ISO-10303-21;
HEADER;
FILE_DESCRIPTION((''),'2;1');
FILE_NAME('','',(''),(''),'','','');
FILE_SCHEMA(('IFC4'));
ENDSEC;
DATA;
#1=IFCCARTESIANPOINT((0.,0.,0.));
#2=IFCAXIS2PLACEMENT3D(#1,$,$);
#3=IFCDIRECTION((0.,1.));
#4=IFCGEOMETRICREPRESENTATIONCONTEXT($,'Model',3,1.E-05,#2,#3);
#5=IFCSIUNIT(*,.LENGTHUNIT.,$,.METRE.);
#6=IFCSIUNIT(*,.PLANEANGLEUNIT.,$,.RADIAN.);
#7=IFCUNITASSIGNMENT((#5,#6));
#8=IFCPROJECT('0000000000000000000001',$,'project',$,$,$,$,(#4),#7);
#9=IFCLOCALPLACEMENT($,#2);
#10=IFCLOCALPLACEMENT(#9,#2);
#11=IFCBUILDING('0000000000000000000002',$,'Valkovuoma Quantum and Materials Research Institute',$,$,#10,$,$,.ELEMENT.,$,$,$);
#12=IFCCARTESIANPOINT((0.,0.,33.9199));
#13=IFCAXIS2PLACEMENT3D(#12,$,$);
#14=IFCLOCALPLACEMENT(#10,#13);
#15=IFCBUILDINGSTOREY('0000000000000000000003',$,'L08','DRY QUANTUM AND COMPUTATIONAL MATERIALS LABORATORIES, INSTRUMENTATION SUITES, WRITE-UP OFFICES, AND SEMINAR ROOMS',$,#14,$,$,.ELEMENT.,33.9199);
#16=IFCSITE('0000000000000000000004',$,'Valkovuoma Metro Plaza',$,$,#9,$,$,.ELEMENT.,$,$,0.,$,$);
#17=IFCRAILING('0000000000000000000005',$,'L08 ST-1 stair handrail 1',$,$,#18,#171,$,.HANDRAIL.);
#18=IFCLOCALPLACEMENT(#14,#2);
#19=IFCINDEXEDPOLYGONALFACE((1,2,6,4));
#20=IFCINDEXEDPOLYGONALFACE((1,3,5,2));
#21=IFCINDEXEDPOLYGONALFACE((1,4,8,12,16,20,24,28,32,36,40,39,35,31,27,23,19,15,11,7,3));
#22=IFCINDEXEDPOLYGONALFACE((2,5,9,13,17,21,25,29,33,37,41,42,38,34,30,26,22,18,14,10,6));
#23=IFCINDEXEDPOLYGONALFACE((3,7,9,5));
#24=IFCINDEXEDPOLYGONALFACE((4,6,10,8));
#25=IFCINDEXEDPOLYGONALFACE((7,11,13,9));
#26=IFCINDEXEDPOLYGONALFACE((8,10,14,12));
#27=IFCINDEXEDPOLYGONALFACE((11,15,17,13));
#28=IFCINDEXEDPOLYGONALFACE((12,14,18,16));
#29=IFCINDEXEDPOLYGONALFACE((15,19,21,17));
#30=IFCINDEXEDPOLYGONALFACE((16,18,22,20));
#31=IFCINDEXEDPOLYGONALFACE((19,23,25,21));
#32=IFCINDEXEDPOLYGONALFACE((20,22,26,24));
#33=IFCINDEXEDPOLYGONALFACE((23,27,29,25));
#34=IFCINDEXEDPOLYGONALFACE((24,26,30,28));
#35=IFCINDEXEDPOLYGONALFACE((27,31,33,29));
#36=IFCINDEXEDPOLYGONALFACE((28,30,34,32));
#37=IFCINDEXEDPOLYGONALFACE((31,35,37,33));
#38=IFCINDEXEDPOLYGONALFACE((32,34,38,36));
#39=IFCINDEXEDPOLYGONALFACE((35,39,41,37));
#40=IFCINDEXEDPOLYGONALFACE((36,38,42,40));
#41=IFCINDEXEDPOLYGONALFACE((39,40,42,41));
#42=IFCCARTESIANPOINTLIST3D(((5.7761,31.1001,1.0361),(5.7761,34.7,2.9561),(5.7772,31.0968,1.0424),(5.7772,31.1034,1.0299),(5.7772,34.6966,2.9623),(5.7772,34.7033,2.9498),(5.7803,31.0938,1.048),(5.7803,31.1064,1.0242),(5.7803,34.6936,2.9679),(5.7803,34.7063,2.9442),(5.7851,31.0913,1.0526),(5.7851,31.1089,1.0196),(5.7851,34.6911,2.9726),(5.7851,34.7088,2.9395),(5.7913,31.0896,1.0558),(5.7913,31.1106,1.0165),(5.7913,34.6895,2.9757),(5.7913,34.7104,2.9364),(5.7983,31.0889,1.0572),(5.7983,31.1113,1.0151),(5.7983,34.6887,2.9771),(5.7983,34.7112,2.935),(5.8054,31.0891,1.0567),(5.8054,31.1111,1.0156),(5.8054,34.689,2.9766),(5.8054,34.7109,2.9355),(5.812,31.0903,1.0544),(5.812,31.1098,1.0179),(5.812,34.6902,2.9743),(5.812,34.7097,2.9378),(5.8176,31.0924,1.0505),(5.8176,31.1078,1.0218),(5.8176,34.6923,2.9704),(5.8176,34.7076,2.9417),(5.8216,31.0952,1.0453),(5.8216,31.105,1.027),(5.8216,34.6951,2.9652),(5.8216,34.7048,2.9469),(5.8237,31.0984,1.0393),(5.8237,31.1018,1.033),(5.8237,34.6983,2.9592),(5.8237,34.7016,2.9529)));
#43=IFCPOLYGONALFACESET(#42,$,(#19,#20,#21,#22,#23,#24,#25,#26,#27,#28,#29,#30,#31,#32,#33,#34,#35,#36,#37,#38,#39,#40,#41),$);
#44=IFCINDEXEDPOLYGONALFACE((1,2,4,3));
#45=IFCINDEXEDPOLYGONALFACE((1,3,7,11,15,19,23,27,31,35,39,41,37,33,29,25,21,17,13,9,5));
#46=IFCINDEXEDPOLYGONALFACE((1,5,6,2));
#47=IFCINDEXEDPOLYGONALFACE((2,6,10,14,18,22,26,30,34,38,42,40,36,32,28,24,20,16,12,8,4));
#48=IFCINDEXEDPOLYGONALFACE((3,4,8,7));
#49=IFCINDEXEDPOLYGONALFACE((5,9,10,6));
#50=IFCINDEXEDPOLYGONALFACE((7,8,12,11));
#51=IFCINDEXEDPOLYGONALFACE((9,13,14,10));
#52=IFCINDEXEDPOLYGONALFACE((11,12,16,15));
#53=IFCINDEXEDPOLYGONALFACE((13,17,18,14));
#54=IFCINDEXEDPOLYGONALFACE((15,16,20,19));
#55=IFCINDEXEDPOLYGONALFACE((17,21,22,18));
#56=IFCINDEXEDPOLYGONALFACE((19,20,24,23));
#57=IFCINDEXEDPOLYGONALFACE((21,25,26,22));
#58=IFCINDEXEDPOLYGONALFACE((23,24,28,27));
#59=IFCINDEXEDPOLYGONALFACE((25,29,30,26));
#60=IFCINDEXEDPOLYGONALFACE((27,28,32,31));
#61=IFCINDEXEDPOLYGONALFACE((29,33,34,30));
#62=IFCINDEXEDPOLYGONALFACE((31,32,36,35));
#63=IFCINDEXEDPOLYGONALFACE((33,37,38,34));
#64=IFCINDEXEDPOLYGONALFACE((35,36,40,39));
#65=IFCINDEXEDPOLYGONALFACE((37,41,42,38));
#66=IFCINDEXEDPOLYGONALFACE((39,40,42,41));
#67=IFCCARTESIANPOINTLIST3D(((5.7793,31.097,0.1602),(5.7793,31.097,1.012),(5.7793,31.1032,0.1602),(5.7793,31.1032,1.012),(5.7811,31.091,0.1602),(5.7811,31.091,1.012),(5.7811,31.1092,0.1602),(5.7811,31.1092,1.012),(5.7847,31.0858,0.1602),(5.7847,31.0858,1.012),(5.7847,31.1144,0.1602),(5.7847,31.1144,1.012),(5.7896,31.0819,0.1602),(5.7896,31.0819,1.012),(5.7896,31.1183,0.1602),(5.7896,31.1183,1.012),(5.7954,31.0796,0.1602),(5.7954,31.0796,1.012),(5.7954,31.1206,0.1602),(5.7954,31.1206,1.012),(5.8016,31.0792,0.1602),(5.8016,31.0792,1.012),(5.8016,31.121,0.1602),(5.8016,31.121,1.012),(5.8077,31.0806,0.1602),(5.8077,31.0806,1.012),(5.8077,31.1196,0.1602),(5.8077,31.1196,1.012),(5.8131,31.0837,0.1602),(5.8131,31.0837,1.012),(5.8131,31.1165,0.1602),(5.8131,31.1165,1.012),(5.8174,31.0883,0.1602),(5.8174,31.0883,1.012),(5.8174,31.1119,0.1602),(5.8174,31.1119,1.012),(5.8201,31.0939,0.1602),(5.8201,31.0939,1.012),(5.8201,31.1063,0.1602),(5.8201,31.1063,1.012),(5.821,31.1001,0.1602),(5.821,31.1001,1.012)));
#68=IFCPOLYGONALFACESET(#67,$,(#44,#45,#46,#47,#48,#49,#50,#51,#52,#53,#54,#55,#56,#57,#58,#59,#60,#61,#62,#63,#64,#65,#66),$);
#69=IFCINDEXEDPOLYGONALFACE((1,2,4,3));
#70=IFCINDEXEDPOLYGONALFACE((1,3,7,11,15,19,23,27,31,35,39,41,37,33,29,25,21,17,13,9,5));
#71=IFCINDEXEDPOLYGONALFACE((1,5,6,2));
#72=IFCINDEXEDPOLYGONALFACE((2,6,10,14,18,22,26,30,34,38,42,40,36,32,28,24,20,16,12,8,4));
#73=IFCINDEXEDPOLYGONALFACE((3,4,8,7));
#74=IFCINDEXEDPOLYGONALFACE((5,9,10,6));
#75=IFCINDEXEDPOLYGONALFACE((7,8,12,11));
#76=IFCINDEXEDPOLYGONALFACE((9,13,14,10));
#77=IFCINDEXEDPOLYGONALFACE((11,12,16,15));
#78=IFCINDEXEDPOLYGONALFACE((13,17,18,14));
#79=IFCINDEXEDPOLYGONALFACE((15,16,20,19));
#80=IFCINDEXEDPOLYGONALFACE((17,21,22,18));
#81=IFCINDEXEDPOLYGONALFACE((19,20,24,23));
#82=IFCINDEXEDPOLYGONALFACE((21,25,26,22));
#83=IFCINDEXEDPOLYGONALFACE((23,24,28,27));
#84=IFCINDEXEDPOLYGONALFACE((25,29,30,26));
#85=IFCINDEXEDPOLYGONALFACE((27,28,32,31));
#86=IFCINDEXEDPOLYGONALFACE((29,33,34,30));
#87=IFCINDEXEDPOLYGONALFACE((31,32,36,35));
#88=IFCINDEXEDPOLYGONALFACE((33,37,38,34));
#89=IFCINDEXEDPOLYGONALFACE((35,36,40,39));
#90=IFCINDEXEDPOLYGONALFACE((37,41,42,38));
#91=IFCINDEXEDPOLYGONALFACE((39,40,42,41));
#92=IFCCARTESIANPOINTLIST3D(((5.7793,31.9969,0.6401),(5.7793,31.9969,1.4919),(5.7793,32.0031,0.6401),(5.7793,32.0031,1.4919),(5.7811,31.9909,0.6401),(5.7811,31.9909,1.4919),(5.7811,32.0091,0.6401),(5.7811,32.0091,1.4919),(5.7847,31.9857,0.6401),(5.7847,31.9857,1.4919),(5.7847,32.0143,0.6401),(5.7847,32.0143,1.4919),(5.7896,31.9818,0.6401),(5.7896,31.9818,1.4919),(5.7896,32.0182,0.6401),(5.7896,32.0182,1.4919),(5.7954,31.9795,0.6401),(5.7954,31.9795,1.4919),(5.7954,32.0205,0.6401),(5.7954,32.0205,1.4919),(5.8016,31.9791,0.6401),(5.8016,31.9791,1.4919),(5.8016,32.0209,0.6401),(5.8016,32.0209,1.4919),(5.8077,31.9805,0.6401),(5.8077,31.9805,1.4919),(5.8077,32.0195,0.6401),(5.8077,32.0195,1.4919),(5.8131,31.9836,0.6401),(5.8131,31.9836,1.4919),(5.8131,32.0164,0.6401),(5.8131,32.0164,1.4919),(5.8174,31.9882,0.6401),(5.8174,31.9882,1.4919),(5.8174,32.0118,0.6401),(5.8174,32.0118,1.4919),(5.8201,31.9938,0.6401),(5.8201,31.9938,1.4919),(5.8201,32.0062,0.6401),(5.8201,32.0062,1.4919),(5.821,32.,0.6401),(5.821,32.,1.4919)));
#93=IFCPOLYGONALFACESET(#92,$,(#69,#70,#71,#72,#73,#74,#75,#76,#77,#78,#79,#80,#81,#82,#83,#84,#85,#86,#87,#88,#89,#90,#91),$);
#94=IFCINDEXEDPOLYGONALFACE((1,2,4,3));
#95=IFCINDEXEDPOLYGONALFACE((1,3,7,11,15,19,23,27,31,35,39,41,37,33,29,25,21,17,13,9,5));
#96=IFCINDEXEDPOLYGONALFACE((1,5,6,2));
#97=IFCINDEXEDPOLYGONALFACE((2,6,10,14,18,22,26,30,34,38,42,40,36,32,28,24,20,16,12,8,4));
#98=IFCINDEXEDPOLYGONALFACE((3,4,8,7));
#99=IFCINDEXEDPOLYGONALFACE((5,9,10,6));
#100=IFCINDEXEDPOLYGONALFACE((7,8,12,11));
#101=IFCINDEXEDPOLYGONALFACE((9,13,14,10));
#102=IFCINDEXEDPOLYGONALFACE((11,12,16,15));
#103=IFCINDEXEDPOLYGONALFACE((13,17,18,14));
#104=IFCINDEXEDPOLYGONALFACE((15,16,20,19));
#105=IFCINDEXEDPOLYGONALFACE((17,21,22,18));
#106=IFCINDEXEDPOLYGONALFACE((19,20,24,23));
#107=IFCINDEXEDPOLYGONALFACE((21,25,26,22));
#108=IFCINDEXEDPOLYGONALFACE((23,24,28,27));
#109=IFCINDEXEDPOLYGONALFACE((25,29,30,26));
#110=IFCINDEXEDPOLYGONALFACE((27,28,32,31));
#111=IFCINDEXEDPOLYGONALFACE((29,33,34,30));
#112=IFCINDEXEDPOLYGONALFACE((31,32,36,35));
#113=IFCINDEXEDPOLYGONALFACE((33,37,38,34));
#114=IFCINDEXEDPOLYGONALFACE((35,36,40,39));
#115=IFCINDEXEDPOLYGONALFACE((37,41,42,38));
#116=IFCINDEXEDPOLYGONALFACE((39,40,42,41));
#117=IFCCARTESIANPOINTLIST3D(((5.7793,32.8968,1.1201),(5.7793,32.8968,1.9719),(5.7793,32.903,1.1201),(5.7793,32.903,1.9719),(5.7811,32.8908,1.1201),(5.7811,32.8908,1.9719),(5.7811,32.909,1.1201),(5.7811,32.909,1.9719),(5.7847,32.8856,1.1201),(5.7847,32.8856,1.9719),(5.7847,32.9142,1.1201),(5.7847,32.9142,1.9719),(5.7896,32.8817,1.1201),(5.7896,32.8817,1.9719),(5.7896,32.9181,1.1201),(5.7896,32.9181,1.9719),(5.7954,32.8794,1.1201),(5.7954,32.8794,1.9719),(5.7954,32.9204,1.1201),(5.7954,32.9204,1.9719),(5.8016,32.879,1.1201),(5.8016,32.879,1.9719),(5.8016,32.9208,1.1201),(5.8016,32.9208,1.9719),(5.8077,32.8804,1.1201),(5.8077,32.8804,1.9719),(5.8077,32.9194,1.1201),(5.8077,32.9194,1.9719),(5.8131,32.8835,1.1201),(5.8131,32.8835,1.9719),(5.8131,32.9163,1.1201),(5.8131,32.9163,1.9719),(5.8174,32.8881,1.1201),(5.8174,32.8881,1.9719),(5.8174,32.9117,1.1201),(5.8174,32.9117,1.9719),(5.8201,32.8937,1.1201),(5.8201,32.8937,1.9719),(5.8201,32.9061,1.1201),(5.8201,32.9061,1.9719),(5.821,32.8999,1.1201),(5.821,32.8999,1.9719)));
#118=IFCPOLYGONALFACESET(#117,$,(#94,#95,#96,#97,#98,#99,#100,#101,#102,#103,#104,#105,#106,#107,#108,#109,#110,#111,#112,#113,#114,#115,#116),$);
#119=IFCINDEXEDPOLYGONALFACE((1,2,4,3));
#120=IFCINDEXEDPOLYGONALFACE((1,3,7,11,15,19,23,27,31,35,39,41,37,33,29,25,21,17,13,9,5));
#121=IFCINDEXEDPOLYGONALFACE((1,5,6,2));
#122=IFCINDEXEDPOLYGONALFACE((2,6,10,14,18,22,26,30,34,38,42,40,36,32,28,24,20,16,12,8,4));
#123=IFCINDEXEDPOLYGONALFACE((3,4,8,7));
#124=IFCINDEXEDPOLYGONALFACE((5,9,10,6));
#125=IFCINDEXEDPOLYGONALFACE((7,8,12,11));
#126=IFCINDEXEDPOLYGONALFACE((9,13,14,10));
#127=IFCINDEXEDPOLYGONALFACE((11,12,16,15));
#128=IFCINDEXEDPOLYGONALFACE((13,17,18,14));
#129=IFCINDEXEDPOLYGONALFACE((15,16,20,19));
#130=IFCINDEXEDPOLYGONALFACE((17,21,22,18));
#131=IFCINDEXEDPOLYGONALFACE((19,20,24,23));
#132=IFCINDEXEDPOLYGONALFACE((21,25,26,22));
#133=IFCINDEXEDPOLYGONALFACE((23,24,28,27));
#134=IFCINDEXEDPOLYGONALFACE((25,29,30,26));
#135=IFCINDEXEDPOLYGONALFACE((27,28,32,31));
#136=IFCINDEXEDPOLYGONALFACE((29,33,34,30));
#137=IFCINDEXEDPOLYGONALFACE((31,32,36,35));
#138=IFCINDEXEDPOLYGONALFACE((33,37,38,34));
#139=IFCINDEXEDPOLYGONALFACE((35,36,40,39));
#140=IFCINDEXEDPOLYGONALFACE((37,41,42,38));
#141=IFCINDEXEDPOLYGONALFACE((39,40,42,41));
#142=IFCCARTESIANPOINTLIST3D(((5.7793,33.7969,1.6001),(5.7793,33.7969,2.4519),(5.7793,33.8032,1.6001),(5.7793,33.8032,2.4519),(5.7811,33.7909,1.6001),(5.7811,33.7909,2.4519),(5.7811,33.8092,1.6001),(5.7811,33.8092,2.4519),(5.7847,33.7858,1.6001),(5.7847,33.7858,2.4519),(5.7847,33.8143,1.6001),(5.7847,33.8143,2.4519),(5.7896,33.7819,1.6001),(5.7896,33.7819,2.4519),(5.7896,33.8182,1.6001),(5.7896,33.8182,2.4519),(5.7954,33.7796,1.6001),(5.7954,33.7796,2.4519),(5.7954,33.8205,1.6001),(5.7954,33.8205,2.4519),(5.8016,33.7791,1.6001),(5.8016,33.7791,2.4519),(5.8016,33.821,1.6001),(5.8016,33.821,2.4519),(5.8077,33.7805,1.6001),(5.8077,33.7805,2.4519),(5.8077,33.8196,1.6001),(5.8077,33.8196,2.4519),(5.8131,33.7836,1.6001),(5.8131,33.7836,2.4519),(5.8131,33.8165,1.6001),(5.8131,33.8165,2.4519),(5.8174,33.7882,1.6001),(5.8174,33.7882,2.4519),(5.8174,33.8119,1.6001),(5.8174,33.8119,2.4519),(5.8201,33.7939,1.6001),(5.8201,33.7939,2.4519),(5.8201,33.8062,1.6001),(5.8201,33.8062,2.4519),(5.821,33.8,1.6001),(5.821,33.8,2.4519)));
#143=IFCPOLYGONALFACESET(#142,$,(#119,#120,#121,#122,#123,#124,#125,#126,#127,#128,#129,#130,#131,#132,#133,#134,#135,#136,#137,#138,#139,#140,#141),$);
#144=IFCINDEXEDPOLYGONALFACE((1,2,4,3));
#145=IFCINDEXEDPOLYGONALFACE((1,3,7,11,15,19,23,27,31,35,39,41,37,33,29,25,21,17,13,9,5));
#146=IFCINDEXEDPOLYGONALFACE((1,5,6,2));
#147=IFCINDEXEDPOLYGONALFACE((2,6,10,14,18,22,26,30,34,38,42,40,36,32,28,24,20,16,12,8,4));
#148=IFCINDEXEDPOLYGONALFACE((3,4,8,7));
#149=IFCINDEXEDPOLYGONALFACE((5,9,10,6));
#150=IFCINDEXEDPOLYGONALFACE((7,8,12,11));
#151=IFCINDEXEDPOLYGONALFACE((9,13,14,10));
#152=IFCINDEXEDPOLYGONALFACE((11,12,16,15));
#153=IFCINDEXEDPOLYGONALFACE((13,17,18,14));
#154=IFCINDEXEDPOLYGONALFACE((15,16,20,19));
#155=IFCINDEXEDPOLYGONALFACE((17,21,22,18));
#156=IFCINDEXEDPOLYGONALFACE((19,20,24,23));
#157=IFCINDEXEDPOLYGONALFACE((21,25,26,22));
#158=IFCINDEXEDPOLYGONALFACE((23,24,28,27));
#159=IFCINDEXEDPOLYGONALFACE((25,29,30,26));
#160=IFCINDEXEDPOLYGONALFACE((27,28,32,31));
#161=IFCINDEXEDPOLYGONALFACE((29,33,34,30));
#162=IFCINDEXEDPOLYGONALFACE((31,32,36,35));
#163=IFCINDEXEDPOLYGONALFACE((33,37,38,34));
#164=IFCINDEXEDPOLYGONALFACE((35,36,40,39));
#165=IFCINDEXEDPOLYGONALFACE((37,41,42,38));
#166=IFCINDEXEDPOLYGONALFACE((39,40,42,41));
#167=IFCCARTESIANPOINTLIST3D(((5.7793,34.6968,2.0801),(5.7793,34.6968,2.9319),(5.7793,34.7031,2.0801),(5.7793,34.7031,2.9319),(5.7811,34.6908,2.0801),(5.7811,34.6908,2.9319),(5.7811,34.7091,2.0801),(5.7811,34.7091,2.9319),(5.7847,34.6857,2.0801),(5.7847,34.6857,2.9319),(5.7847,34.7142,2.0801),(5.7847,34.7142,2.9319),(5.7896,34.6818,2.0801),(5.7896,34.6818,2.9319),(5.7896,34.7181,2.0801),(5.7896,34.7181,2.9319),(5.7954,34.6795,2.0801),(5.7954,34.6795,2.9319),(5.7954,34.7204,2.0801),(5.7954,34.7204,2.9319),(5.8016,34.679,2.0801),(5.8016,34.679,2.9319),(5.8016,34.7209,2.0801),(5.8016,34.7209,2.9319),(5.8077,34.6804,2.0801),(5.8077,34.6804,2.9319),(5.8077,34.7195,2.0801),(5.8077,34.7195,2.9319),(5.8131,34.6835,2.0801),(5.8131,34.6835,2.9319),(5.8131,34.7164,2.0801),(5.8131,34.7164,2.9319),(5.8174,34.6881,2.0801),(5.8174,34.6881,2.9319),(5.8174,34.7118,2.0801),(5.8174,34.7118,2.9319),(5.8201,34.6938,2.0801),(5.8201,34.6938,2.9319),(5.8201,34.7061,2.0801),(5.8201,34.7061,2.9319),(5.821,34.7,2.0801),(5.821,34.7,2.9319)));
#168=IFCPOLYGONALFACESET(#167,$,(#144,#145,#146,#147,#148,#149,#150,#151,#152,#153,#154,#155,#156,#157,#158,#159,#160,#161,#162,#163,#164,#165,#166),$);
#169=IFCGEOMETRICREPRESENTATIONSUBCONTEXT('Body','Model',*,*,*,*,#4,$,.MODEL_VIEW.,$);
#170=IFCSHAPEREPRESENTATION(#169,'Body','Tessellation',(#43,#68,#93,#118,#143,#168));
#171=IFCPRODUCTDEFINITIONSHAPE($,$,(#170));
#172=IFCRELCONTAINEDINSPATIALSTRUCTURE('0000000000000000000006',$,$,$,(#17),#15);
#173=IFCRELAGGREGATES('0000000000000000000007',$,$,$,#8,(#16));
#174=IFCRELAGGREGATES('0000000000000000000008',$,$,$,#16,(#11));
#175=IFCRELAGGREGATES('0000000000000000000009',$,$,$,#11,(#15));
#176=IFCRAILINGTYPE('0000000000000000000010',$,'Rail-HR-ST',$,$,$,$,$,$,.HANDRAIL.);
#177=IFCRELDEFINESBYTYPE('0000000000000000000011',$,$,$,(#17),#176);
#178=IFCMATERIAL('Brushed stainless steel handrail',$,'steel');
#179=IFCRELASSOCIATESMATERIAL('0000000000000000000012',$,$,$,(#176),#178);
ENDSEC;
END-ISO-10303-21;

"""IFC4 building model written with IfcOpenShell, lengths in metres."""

from ifc_helpers import new_model, si_unit, direction, frame, origin, origin_2d, place, context, subcontext, project, spatial, circle, extrude, material, type_object, element, save


model = new_model("IFC4")

# Units and contexts
model_context = context("Model", 3, precision=1e-05, world=origin(), true_north=direction((0.0, 1.0)))
body_context = subcontext(model_context, "Body", "Model", "MODEL_VIEW")
ifc_project = project(units=[si_unit("LENGTHUNIT", "METRE"), si_unit("PLANEANGLEUNIT", "RADIAN")], contexts=[model_context])

# Site, building, storey
site_placement = place(None, origin())
site = spatial("IfcSite", under=ifc_project, at=site_placement, Name="Valkovuoma Metro Plaza", CompositionType="ELEMENT", RefElevation=0.0)
building_placement = place(site_placement, origin())
building = spatial("IfcBuilding", under=site, at=building_placement, Name="Valkovuoma Quantum and Materials Research Institute", CompositionType="ELEMENT")
storey_placement = place(building_placement, frame((0.0, 0.0, 33.9199)))
storey = spatial("IfcBuildingStorey", under=building, at=storey_placement, Name="L08", Description="DRY QUANTUM AND COMPUTATIONAL MATERIALS LABORATORIES, INSTRUMENTATION SUITES, WRITE-UP OFFICES, AND SEMINAR ROOMS", CompositionType="ELEMENT", Elevation=33.9199)

# Railing
ifc_material_1 = material(Name="Brushed stainless steel handrail", Category="steel")
railing_type_1 = type_object("IfcRailingType", Name="Rail-HR-ST", PredefinedType="HANDRAIL", material=ifc_material_1)
railing_1_placement = place(storey_placement, frame((5.8, 31.1001, 0.1602)))
element("IfcRailing", 1, at=railing_1_placement, inside=storey, type_object=railing_type_1, Name="L08 ST-1 stair handrail 1", PredefinedType="HANDRAIL", context=body_context, shape_type="SweptSolid", body=[
    extrude(circle(Radius=0.0239, at=origin_2d()), frame((0.0, 0.0, 0.876), z_axis=(0.0, 0.882353, 0.470588), x_axis=(-1.0, 0.0, 0.0)), (0.0, 0.0, 1.0), 4.0798),
    extrude(circle(Radius=0.021, at=origin_2d()), origin(), (0.0, 0.0, 1.0), 0.8518),
    extrude(circle(Radius=0.021, at=origin_2d()), frame((0.0, 0.8999, 0.48)), (0.0, 0.0, 1.0), 0.8518),
    extrude(circle(Radius=0.021, at=origin_2d()), frame((0.0, 1.7998, 0.96)), (0.0, 0.0, 1.0), 0.8518),
    extrude(circle(Radius=0.021, at=origin_2d()), frame((0.0, 2.7, 1.4399)), (0.0, 0.0, 1.0), 0.8518),
    extrude(circle(Radius=0.021, at=origin_2d()), frame((0.0, 3.5999, 1.9199)), (0.0, 0.0, 1.0), 0.8518),
])

save(model, "model.ifc")
